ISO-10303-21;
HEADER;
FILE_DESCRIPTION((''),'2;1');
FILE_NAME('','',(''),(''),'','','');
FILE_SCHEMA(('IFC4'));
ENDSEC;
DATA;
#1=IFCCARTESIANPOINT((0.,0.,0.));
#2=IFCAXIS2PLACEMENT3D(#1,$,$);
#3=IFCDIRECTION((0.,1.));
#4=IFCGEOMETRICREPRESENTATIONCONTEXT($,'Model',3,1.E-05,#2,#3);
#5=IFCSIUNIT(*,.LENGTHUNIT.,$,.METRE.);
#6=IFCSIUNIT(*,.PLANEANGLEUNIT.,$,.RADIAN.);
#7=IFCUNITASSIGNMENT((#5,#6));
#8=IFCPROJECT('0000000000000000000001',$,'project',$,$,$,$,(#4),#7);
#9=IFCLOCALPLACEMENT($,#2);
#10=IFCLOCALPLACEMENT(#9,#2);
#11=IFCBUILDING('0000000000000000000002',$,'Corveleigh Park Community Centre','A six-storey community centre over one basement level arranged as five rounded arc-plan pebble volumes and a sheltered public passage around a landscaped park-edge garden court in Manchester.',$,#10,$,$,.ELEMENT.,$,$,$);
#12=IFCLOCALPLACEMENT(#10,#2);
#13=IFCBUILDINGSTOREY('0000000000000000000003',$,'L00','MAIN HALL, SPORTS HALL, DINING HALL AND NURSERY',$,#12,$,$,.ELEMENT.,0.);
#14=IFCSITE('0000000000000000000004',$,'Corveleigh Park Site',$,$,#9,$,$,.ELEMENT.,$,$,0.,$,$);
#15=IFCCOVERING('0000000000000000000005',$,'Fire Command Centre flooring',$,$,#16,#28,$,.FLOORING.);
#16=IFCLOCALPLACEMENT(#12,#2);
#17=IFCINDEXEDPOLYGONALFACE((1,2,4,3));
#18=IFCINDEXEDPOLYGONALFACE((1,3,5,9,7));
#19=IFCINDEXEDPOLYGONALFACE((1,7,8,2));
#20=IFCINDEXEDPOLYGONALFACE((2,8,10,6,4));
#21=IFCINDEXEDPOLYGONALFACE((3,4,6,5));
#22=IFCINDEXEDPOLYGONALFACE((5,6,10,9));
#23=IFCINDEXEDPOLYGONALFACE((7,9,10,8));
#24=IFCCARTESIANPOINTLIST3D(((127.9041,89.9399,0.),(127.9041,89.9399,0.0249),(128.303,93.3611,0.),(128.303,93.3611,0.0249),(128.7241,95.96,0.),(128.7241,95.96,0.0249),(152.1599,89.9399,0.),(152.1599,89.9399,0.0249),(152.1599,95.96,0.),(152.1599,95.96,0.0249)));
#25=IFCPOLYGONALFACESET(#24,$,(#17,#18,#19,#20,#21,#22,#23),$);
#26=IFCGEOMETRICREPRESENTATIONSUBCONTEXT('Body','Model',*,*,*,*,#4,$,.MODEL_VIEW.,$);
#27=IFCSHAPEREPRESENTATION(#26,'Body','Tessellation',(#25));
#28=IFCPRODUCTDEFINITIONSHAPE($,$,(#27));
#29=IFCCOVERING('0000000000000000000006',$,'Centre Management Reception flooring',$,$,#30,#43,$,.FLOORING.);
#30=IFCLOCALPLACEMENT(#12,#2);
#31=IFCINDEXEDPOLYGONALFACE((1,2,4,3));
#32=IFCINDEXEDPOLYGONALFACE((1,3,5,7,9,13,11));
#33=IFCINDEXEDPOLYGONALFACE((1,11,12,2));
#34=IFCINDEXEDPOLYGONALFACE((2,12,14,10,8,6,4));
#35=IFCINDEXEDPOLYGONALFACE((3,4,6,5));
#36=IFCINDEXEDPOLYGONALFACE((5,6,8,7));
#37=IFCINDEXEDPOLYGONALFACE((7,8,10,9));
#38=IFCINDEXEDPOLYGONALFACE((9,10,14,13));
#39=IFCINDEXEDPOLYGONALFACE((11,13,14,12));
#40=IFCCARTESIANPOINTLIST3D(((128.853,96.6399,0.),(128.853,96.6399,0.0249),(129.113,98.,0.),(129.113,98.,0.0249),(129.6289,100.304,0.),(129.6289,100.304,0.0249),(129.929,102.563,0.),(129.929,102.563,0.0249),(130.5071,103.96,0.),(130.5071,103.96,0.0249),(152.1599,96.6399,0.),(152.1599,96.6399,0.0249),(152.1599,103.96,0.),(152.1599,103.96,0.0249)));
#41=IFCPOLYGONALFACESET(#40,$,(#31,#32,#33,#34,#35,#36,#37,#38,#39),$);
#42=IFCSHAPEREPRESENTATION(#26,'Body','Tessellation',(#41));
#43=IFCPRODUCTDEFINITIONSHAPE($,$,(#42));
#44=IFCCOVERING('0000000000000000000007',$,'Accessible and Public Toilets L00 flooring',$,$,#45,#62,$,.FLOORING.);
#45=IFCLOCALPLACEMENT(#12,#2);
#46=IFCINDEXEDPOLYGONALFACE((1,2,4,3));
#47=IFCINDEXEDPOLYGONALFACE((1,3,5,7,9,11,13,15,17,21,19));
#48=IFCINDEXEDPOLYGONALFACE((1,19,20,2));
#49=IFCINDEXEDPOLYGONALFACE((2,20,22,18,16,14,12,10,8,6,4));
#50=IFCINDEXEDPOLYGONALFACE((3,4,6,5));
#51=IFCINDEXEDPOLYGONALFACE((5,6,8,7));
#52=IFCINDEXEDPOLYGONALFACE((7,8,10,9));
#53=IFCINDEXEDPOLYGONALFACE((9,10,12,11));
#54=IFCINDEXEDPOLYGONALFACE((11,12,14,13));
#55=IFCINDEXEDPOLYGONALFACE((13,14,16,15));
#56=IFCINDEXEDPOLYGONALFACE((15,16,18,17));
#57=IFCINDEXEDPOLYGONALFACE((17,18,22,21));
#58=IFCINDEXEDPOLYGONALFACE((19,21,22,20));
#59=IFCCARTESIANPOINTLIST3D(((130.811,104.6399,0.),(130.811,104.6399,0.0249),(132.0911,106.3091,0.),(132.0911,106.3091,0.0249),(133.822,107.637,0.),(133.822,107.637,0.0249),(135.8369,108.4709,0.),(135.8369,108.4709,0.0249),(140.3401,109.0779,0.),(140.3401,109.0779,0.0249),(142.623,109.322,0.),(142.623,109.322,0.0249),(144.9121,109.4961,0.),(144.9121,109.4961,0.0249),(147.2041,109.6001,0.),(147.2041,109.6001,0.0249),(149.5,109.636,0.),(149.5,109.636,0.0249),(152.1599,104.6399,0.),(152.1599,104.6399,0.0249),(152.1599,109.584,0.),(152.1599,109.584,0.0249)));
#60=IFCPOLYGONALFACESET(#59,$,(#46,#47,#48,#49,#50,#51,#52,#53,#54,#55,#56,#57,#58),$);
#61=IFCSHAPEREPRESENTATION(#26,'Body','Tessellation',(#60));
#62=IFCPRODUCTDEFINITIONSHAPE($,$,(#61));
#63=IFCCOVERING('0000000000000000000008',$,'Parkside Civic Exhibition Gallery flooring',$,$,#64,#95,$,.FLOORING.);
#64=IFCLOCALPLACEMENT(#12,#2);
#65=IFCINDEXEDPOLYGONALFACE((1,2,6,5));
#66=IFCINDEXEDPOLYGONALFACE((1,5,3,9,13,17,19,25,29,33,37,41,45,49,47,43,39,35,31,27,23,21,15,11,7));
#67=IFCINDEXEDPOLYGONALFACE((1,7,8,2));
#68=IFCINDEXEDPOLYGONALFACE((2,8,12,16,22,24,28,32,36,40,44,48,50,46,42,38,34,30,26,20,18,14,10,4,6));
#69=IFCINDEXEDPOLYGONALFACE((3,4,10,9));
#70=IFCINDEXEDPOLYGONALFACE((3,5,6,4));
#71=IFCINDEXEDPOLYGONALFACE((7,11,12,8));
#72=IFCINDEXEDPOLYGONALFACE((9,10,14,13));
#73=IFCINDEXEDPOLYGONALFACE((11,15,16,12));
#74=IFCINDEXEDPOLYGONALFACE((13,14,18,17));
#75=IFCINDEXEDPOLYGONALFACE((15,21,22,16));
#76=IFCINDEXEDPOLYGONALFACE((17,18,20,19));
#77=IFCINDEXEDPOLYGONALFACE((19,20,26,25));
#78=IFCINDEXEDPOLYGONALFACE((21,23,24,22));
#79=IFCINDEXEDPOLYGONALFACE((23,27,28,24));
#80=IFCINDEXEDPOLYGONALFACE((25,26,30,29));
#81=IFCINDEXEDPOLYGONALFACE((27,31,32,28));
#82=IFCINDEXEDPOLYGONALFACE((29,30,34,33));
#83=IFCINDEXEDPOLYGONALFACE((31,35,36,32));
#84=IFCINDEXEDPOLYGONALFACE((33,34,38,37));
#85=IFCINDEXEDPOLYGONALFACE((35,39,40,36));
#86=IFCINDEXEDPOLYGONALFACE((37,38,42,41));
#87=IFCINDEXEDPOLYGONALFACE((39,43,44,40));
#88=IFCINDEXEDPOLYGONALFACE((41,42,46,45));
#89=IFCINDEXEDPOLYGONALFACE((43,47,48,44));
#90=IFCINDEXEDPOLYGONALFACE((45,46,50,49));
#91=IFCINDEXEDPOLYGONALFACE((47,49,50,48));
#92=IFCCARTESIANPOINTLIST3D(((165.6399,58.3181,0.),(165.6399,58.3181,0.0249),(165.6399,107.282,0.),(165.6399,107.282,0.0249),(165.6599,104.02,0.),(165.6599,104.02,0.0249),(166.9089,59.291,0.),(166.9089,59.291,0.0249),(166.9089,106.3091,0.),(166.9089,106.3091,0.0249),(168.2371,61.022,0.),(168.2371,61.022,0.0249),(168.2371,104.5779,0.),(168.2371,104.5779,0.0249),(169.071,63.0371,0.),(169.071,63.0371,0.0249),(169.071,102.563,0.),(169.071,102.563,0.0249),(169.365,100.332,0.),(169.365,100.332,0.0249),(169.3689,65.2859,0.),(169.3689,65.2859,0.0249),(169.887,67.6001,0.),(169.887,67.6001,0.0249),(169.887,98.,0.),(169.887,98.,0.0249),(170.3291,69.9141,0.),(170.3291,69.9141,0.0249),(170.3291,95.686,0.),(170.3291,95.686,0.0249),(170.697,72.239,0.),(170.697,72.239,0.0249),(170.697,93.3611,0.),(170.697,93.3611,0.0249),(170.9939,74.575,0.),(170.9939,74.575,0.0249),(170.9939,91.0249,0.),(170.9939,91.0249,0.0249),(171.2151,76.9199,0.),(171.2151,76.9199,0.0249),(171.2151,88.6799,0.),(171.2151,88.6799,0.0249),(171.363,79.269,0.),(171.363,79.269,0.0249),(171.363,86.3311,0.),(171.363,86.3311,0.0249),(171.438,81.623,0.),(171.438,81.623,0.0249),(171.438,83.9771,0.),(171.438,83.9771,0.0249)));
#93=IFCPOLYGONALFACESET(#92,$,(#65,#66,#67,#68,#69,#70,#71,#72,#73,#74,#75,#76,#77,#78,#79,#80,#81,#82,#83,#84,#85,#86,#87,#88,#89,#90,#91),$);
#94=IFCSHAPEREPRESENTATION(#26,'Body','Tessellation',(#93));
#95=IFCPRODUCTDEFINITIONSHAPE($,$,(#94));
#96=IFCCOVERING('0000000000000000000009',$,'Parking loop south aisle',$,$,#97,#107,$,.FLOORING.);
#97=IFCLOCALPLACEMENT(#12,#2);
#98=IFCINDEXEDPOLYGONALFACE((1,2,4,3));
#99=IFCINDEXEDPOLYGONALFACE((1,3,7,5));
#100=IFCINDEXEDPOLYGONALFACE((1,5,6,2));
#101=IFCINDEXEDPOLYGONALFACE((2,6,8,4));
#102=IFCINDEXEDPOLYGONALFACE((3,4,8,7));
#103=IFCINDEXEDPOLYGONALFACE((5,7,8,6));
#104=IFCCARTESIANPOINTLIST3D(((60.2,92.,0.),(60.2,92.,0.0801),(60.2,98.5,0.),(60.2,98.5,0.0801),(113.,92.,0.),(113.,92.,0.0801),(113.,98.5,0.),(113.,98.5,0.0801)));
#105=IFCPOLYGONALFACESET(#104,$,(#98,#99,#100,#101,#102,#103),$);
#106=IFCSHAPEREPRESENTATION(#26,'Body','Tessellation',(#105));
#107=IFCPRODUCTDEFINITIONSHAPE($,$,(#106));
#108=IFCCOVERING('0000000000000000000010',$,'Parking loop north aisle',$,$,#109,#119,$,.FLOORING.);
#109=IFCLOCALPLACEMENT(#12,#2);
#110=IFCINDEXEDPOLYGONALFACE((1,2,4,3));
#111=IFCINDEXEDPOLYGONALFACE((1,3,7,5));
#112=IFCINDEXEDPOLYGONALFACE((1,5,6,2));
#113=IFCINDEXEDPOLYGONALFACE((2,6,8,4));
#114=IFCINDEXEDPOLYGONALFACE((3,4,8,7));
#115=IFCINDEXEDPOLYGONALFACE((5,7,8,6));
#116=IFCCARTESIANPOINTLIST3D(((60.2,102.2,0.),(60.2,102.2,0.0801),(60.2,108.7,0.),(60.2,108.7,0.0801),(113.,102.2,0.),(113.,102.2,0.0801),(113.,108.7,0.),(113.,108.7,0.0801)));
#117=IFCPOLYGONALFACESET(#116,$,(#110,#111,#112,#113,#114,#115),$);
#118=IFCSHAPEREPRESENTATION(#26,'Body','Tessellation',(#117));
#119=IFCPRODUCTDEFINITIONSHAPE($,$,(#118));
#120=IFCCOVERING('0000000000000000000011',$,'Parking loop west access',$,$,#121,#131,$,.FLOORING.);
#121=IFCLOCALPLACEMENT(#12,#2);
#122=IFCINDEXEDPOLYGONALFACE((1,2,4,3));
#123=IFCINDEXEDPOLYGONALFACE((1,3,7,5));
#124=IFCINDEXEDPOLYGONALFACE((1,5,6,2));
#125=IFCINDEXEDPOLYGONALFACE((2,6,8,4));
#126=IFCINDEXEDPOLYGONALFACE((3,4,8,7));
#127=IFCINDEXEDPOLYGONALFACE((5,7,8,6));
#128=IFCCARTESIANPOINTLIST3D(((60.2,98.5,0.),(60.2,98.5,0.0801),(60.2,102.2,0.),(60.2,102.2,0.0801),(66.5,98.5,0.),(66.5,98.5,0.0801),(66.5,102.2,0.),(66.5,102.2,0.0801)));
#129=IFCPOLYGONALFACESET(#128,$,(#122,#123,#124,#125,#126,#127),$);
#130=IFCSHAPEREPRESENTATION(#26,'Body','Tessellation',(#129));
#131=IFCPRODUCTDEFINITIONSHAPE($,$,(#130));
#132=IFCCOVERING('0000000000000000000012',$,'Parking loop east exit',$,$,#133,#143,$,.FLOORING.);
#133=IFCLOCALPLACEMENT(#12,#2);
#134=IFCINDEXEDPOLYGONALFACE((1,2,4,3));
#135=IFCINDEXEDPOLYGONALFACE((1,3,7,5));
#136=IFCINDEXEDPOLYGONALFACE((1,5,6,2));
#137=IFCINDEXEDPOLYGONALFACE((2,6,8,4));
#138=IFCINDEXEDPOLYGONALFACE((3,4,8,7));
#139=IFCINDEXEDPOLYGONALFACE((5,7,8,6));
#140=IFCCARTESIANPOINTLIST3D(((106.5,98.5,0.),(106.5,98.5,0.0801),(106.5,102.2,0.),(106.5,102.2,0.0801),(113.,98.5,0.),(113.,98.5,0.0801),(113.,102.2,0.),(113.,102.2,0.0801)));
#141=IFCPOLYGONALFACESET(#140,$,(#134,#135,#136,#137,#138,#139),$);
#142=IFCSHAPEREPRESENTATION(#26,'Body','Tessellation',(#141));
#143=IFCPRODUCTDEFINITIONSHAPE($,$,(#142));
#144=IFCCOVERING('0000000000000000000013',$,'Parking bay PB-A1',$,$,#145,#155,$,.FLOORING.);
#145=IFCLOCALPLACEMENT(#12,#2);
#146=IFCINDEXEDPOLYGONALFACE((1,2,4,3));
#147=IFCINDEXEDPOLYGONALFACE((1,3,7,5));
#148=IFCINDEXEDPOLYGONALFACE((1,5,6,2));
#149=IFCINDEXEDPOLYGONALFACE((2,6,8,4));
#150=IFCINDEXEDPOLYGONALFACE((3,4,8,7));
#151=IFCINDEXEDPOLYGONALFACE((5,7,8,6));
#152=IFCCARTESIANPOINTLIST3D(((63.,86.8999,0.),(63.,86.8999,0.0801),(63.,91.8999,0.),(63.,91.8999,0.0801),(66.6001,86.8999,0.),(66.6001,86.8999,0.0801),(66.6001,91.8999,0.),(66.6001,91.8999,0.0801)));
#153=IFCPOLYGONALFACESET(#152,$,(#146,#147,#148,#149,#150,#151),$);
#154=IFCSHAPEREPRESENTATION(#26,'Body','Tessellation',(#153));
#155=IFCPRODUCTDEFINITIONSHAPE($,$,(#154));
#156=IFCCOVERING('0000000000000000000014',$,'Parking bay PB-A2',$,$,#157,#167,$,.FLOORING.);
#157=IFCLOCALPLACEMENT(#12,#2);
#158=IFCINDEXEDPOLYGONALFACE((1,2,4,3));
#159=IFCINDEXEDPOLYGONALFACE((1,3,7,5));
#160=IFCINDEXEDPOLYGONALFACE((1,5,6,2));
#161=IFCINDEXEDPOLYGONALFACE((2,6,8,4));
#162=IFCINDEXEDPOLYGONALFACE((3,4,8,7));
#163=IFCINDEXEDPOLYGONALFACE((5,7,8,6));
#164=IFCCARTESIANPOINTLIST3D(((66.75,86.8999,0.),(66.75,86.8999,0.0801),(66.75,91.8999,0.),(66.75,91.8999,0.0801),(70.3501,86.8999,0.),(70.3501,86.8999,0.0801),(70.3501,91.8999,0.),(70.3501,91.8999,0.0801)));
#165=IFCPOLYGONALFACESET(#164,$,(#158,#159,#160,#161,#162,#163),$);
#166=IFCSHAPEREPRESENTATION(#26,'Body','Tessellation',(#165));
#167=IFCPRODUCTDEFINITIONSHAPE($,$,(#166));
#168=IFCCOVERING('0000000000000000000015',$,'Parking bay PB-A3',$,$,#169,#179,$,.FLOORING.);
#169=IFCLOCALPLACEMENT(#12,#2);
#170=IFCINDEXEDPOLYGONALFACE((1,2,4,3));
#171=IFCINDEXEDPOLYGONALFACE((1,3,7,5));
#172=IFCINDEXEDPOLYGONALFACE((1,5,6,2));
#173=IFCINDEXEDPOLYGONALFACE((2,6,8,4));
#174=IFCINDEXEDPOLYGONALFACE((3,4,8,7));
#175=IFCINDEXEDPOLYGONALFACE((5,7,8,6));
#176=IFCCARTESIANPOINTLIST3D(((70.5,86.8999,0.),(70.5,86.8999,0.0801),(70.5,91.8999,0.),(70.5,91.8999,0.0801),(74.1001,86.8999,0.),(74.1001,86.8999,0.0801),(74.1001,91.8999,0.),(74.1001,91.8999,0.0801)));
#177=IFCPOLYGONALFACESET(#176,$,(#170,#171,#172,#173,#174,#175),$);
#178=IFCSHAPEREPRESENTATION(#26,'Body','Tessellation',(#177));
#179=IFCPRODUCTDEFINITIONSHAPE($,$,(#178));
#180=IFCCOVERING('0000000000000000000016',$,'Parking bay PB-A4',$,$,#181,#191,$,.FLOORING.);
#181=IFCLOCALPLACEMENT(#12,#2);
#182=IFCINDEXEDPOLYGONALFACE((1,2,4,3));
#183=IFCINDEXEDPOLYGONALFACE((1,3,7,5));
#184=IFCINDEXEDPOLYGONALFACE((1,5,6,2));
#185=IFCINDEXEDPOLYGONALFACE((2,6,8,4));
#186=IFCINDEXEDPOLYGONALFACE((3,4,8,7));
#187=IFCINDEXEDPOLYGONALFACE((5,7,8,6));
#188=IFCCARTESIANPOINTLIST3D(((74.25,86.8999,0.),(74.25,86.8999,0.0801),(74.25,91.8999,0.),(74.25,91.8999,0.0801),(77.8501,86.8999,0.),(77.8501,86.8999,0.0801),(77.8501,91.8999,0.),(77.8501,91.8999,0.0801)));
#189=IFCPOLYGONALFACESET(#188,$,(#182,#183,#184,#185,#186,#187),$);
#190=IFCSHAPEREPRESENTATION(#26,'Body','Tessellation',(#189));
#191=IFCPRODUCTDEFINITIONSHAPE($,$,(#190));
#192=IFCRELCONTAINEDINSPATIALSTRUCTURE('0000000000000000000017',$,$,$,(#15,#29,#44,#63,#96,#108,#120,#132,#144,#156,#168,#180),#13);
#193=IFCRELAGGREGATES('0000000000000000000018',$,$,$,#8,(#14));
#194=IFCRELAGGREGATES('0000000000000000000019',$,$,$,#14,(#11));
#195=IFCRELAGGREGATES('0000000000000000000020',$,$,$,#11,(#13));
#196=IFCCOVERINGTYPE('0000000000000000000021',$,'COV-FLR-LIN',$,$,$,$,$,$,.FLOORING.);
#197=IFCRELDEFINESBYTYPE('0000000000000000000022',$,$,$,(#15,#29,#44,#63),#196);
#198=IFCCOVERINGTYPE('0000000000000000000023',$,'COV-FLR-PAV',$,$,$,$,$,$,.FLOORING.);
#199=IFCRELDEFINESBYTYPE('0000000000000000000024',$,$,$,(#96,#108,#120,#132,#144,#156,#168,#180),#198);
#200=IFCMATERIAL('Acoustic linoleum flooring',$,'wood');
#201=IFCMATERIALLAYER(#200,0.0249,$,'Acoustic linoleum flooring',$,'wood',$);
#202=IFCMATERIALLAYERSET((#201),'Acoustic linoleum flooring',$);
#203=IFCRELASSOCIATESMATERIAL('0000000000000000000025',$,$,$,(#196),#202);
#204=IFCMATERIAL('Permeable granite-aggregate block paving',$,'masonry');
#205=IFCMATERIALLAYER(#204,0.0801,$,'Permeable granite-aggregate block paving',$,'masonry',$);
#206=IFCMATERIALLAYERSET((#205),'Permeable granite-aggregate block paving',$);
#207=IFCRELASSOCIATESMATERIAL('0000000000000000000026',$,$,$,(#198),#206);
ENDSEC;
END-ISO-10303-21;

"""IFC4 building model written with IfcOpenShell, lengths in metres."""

from ifc_helpers import new_model, si_unit, direction, origin, place, context, subcontext, project, spatial, polyline, outline, extrude, material, layer, layer_set, type_object, element, save


model = new_model("IFC4")

# Units and contexts
model_context = context("Model", 3, precision=1e-05, world=origin(), true_north=direction((0.0, 1.0)))
body_context = subcontext(model_context, "Body", "Model", "MODEL_VIEW")
ifc_project = project(units=[si_unit("LENGTHUNIT", "METRE"), si_unit("PLANEANGLEUNIT", "RADIAN")], contexts=[model_context])

# Site, building, storey
site_placement = place(None, origin())
site = spatial("IfcSite", under=ifc_project, at=site_placement, Name="Corveleigh Park Site", CompositionType="ELEMENT", RefElevation=0.0)
building_placement = place(site_placement, origin())
building = spatial("IfcBuilding", under=site, at=building_placement, Name="Corveleigh Park Community Centre", Description="A six-storey community centre over one basement level arranged as five rounded arc-plan pebble volumes and a sheltered public passage around a landscaped park-edge garden court in Manchester.", CompositionType="ELEMENT")
storey_placement = place(building_placement, origin())
storey = spatial("IfcBuildingStorey", under=building, at=storey_placement, Name="L00", Description="MAIN HALL, SPORTS HALL, DINING HALL AND NURSERY", CompositionType="ELEMENT", Elevation=0.0)

# Coverings
ifc_material_1 = material(Name="Acoustic linoleum flooring", Category="wood")
ifc_layer_1 = layer(ifc_material_1, 0.0249, Name="Acoustic linoleum flooring", Category="wood")
ifc_layer_set_1 = layer_set([ifc_layer_1], Name="Acoustic linoleum flooring")
covering_type_1 = type_object("IfcCoveringType", Name="COV-FLR-LIN", PredefinedType="FLOORING", material=ifc_layer_set_1)
covering_1_placement = place(storey_placement, origin())
element("IfcCovering", 1, at=covering_1_placement, inside=storey, type_object=covering_type_1, Name="Fire Command Centre flooring", PredefinedType="FLOORING", context=body_context, shape_type="SweptSolid", body=[
    extrude(outline(polyline([(152.1599, 95.96), (152.1599, 89.9399), (127.9041, 89.9399), (128.303, 93.3611), (128.7241, 95.96), (152.1599, 95.96)])), origin(), (0.0, 0.0, 1.0), 0.0249),
])
covering_2_placement = place(storey_placement, origin())
element("IfcCovering", 2, at=covering_2_placement, inside=storey, type_object=covering_type_1, Name="Centre Management Reception flooring", PredefinedType="FLOORING", context=body_context, shape_type="SweptSolid", body=[
    extrude(outline(polyline([(129.6289, 100.304), (129.929, 102.563), (130.5071, 103.96), (152.1599, 103.96), (152.1599, 96.6399), (128.853, 96.6399), (129.113, 98.0), (129.6289, 100.304)])), origin(), (0.0, 0.0, 1.0), 0.0249),
])
covering_3_placement = place(storey_placement, origin())
element("IfcCovering", 3, at=covering_3_placement, inside=storey, type_object=covering_type_1, Name="Accessible and Public Toilets L00 flooring", PredefinedType="FLOORING", context=body_context, shape_type="SweptSolid", body=[
    extrude(outline(polyline([(149.5, 109.636), (152.1599, 109.584), (152.1599, 104.6399), (130.811, 104.6399), (132.0911, 106.3091), (133.822, 107.637), (135.8369, 108.4709), (140.3401, 109.0779), (142.623, 109.322), (144.9121, 109.4961), (147.2041, 109.6001), (149.5, 109.636)])), origin(), (0.0, 0.0, 1.0), 0.0249),
])
covering_4_placement = place(storey_placement, origin())
element("IfcCovering", 4, at=covering_4_placement, inside=storey, type_object=covering_type_1, Name="Parkside Civic Exhibition Gallery flooring", PredefinedType="FLOORING", context=body_context, shape_type="SweptSolid", body=[
    extrude(outline(polyline([(165.6399, 58.3181), (165.6599, 104.02), (165.6399, 107.282), (166.9089, 106.3091), (168.2371, 104.5779), (169.071, 102.563), (169.365, 100.332), (169.887, 98.0), (170.3291, 95.686), (170.697, 93.3611), (170.9939, 91.0249), (171.2151, 88.6799), (171.363, 86.3311), (171.438, 83.9771), (171.438, 81.623), (171.363, 79.269), (171.2151, 76.9199), (170.9939, 74.575), (170.697, 72.239), (170.3291, 69.9141), (169.887, 67.6001), (169.3689, 65.2859), (169.071, 63.0371), (168.2371, 61.022), (166.9089, 59.291), (165.6399, 58.3181)])), origin(), (0.0, 0.0, 1.0), 0.0249),
])
ifc_material_2 = material(Name="Permeable granite-aggregate block paving", Category="masonry")
ifc_layer_2 = layer(ifc_material_2, 0.0801, Name="Permeable granite-aggregate block paving", Category="masonry")
ifc_layer_set_2 = layer_set([ifc_layer_2], Name="Permeable granite-aggregate block paving")
covering_type_2 = type_object("IfcCoveringType", Name="COV-FLR-PAV", PredefinedType="FLOORING", material=ifc_layer_set_2)
covering_5_placement = place(storey_placement, origin())
element("IfcCovering", 5, at=covering_5_placement, inside=storey, type_object=covering_type_2, Name="Parking loop south aisle", PredefinedType="FLOORING", context=body_context, shape_type="SweptSolid", body=[
    extrude(outline(polyline([(60.2, 92.0), (113.0, 92.0), (113.0, 98.5), (60.2, 98.5), (60.2, 92.0)])), origin(), (0.0, 0.0, 1.0), 0.0801),
])
covering_6_placement = place(storey_placement, origin())
element("IfcCovering", 6, at=covering_6_placement, inside=storey, type_object=covering_type_2, Name="Parking loop north aisle", PredefinedType="FLOORING", context=body_context, shape_type="SweptSolid", body=[
    extrude(outline(polyline([(60.2, 102.2), (113.0, 102.2), (113.0, 108.7), (60.2, 108.7), (60.2, 102.2)])), origin(), (0.0, 0.0, 1.0), 0.0801),
])
covering_7_placement = place(storey_placement, origin())
element("IfcCovering", 7, at=covering_7_placement, inside=storey, type_object=covering_type_2, Name="Parking loop west access", PredefinedType="FLOORING", context=body_context, shape_type="SweptSolid", body=[
    extrude(outline(polyline([(60.2, 98.5), (66.5, 98.5), (66.5, 102.2), (60.2, 102.2), (60.2, 98.5)])), origin(), (0.0, 0.0, 1.0), 0.0801),
])
covering_8_placement = place(storey_placement, origin())
element("IfcCovering", 8, at=covering_8_placement, inside=storey, type_object=covering_type_2, Name="Parking loop east exit", PredefinedType="FLOORING", context=body_context, shape_type="SweptSolid", body=[
    extrude(outline(polyline([(106.5, 98.5), (113.0, 98.5), (113.0, 102.2), (106.5, 102.2), (106.5, 98.5)])), origin(), (0.0, 0.0, 1.0), 0.0801),
])
covering_9_placement = place(storey_placement, origin())
element("IfcCovering", 9, at=covering_9_placement, inside=storey, type_object=covering_type_2, Name="Parking bay PB-A1", PredefinedType="FLOORING", context=body_context, shape_type="SweptSolid", body=[
    extrude(outline(polyline([(63.0, 86.8999), (66.6001, 86.8999), (66.6001, 91.8999), (63.0, 91.8999), (63.0, 86.8999)])), origin(), (0.0, 0.0, 1.0), 0.0801),
])
covering_10_placement = place(storey_placement, origin())
element("IfcCovering", 10, at=covering_10_placement, inside=storey, type_object=covering_type_2, Name="Parking bay PB-A2", PredefinedType="FLOORING", context=body_context, shape_type="SweptSolid", body=[
    extrude(outline(polyline([(66.75, 86.8999), (70.3501, 86.8999), (70.3501, 91.8999), (66.75, 91.8999), (66.75, 86.8999)])), origin(), (0.0, 0.0, 1.0), 0.0801),
])
covering_11_placement = place(storey_placement, origin())
element("IfcCovering", 11, at=covering_11_placement, inside=storey, type_object=covering_type_2, Name="Parking bay PB-A3", PredefinedType="FLOORING", context=body_context, shape_type="SweptSolid", body=[
    extrude(outline(polyline([(70.5, 86.8999), (74.1001, 86.8999), (74.1001, 91.8999), (70.5, 91.8999), (70.5, 86.8999)])), origin(), (0.0, 0.0, 1.0), 0.0801),
])
covering_12_placement = place(storey_placement, origin())
element("IfcCovering", 12, at=covering_12_placement, inside=storey, type_object=covering_type_2, Name="Parking bay PB-A4", PredefinedType="FLOORING", context=body_context, shape_type="SweptSolid", body=[
    extrude(outline(polyline([(74.25, 86.8999), (77.8501, 86.8999), (77.8501, 91.8999), (74.25, 91.8999), (74.25, 86.8999)])), origin(), (0.0, 0.0, 1.0), 0.0801),
])

save(model, "model.ifc")
